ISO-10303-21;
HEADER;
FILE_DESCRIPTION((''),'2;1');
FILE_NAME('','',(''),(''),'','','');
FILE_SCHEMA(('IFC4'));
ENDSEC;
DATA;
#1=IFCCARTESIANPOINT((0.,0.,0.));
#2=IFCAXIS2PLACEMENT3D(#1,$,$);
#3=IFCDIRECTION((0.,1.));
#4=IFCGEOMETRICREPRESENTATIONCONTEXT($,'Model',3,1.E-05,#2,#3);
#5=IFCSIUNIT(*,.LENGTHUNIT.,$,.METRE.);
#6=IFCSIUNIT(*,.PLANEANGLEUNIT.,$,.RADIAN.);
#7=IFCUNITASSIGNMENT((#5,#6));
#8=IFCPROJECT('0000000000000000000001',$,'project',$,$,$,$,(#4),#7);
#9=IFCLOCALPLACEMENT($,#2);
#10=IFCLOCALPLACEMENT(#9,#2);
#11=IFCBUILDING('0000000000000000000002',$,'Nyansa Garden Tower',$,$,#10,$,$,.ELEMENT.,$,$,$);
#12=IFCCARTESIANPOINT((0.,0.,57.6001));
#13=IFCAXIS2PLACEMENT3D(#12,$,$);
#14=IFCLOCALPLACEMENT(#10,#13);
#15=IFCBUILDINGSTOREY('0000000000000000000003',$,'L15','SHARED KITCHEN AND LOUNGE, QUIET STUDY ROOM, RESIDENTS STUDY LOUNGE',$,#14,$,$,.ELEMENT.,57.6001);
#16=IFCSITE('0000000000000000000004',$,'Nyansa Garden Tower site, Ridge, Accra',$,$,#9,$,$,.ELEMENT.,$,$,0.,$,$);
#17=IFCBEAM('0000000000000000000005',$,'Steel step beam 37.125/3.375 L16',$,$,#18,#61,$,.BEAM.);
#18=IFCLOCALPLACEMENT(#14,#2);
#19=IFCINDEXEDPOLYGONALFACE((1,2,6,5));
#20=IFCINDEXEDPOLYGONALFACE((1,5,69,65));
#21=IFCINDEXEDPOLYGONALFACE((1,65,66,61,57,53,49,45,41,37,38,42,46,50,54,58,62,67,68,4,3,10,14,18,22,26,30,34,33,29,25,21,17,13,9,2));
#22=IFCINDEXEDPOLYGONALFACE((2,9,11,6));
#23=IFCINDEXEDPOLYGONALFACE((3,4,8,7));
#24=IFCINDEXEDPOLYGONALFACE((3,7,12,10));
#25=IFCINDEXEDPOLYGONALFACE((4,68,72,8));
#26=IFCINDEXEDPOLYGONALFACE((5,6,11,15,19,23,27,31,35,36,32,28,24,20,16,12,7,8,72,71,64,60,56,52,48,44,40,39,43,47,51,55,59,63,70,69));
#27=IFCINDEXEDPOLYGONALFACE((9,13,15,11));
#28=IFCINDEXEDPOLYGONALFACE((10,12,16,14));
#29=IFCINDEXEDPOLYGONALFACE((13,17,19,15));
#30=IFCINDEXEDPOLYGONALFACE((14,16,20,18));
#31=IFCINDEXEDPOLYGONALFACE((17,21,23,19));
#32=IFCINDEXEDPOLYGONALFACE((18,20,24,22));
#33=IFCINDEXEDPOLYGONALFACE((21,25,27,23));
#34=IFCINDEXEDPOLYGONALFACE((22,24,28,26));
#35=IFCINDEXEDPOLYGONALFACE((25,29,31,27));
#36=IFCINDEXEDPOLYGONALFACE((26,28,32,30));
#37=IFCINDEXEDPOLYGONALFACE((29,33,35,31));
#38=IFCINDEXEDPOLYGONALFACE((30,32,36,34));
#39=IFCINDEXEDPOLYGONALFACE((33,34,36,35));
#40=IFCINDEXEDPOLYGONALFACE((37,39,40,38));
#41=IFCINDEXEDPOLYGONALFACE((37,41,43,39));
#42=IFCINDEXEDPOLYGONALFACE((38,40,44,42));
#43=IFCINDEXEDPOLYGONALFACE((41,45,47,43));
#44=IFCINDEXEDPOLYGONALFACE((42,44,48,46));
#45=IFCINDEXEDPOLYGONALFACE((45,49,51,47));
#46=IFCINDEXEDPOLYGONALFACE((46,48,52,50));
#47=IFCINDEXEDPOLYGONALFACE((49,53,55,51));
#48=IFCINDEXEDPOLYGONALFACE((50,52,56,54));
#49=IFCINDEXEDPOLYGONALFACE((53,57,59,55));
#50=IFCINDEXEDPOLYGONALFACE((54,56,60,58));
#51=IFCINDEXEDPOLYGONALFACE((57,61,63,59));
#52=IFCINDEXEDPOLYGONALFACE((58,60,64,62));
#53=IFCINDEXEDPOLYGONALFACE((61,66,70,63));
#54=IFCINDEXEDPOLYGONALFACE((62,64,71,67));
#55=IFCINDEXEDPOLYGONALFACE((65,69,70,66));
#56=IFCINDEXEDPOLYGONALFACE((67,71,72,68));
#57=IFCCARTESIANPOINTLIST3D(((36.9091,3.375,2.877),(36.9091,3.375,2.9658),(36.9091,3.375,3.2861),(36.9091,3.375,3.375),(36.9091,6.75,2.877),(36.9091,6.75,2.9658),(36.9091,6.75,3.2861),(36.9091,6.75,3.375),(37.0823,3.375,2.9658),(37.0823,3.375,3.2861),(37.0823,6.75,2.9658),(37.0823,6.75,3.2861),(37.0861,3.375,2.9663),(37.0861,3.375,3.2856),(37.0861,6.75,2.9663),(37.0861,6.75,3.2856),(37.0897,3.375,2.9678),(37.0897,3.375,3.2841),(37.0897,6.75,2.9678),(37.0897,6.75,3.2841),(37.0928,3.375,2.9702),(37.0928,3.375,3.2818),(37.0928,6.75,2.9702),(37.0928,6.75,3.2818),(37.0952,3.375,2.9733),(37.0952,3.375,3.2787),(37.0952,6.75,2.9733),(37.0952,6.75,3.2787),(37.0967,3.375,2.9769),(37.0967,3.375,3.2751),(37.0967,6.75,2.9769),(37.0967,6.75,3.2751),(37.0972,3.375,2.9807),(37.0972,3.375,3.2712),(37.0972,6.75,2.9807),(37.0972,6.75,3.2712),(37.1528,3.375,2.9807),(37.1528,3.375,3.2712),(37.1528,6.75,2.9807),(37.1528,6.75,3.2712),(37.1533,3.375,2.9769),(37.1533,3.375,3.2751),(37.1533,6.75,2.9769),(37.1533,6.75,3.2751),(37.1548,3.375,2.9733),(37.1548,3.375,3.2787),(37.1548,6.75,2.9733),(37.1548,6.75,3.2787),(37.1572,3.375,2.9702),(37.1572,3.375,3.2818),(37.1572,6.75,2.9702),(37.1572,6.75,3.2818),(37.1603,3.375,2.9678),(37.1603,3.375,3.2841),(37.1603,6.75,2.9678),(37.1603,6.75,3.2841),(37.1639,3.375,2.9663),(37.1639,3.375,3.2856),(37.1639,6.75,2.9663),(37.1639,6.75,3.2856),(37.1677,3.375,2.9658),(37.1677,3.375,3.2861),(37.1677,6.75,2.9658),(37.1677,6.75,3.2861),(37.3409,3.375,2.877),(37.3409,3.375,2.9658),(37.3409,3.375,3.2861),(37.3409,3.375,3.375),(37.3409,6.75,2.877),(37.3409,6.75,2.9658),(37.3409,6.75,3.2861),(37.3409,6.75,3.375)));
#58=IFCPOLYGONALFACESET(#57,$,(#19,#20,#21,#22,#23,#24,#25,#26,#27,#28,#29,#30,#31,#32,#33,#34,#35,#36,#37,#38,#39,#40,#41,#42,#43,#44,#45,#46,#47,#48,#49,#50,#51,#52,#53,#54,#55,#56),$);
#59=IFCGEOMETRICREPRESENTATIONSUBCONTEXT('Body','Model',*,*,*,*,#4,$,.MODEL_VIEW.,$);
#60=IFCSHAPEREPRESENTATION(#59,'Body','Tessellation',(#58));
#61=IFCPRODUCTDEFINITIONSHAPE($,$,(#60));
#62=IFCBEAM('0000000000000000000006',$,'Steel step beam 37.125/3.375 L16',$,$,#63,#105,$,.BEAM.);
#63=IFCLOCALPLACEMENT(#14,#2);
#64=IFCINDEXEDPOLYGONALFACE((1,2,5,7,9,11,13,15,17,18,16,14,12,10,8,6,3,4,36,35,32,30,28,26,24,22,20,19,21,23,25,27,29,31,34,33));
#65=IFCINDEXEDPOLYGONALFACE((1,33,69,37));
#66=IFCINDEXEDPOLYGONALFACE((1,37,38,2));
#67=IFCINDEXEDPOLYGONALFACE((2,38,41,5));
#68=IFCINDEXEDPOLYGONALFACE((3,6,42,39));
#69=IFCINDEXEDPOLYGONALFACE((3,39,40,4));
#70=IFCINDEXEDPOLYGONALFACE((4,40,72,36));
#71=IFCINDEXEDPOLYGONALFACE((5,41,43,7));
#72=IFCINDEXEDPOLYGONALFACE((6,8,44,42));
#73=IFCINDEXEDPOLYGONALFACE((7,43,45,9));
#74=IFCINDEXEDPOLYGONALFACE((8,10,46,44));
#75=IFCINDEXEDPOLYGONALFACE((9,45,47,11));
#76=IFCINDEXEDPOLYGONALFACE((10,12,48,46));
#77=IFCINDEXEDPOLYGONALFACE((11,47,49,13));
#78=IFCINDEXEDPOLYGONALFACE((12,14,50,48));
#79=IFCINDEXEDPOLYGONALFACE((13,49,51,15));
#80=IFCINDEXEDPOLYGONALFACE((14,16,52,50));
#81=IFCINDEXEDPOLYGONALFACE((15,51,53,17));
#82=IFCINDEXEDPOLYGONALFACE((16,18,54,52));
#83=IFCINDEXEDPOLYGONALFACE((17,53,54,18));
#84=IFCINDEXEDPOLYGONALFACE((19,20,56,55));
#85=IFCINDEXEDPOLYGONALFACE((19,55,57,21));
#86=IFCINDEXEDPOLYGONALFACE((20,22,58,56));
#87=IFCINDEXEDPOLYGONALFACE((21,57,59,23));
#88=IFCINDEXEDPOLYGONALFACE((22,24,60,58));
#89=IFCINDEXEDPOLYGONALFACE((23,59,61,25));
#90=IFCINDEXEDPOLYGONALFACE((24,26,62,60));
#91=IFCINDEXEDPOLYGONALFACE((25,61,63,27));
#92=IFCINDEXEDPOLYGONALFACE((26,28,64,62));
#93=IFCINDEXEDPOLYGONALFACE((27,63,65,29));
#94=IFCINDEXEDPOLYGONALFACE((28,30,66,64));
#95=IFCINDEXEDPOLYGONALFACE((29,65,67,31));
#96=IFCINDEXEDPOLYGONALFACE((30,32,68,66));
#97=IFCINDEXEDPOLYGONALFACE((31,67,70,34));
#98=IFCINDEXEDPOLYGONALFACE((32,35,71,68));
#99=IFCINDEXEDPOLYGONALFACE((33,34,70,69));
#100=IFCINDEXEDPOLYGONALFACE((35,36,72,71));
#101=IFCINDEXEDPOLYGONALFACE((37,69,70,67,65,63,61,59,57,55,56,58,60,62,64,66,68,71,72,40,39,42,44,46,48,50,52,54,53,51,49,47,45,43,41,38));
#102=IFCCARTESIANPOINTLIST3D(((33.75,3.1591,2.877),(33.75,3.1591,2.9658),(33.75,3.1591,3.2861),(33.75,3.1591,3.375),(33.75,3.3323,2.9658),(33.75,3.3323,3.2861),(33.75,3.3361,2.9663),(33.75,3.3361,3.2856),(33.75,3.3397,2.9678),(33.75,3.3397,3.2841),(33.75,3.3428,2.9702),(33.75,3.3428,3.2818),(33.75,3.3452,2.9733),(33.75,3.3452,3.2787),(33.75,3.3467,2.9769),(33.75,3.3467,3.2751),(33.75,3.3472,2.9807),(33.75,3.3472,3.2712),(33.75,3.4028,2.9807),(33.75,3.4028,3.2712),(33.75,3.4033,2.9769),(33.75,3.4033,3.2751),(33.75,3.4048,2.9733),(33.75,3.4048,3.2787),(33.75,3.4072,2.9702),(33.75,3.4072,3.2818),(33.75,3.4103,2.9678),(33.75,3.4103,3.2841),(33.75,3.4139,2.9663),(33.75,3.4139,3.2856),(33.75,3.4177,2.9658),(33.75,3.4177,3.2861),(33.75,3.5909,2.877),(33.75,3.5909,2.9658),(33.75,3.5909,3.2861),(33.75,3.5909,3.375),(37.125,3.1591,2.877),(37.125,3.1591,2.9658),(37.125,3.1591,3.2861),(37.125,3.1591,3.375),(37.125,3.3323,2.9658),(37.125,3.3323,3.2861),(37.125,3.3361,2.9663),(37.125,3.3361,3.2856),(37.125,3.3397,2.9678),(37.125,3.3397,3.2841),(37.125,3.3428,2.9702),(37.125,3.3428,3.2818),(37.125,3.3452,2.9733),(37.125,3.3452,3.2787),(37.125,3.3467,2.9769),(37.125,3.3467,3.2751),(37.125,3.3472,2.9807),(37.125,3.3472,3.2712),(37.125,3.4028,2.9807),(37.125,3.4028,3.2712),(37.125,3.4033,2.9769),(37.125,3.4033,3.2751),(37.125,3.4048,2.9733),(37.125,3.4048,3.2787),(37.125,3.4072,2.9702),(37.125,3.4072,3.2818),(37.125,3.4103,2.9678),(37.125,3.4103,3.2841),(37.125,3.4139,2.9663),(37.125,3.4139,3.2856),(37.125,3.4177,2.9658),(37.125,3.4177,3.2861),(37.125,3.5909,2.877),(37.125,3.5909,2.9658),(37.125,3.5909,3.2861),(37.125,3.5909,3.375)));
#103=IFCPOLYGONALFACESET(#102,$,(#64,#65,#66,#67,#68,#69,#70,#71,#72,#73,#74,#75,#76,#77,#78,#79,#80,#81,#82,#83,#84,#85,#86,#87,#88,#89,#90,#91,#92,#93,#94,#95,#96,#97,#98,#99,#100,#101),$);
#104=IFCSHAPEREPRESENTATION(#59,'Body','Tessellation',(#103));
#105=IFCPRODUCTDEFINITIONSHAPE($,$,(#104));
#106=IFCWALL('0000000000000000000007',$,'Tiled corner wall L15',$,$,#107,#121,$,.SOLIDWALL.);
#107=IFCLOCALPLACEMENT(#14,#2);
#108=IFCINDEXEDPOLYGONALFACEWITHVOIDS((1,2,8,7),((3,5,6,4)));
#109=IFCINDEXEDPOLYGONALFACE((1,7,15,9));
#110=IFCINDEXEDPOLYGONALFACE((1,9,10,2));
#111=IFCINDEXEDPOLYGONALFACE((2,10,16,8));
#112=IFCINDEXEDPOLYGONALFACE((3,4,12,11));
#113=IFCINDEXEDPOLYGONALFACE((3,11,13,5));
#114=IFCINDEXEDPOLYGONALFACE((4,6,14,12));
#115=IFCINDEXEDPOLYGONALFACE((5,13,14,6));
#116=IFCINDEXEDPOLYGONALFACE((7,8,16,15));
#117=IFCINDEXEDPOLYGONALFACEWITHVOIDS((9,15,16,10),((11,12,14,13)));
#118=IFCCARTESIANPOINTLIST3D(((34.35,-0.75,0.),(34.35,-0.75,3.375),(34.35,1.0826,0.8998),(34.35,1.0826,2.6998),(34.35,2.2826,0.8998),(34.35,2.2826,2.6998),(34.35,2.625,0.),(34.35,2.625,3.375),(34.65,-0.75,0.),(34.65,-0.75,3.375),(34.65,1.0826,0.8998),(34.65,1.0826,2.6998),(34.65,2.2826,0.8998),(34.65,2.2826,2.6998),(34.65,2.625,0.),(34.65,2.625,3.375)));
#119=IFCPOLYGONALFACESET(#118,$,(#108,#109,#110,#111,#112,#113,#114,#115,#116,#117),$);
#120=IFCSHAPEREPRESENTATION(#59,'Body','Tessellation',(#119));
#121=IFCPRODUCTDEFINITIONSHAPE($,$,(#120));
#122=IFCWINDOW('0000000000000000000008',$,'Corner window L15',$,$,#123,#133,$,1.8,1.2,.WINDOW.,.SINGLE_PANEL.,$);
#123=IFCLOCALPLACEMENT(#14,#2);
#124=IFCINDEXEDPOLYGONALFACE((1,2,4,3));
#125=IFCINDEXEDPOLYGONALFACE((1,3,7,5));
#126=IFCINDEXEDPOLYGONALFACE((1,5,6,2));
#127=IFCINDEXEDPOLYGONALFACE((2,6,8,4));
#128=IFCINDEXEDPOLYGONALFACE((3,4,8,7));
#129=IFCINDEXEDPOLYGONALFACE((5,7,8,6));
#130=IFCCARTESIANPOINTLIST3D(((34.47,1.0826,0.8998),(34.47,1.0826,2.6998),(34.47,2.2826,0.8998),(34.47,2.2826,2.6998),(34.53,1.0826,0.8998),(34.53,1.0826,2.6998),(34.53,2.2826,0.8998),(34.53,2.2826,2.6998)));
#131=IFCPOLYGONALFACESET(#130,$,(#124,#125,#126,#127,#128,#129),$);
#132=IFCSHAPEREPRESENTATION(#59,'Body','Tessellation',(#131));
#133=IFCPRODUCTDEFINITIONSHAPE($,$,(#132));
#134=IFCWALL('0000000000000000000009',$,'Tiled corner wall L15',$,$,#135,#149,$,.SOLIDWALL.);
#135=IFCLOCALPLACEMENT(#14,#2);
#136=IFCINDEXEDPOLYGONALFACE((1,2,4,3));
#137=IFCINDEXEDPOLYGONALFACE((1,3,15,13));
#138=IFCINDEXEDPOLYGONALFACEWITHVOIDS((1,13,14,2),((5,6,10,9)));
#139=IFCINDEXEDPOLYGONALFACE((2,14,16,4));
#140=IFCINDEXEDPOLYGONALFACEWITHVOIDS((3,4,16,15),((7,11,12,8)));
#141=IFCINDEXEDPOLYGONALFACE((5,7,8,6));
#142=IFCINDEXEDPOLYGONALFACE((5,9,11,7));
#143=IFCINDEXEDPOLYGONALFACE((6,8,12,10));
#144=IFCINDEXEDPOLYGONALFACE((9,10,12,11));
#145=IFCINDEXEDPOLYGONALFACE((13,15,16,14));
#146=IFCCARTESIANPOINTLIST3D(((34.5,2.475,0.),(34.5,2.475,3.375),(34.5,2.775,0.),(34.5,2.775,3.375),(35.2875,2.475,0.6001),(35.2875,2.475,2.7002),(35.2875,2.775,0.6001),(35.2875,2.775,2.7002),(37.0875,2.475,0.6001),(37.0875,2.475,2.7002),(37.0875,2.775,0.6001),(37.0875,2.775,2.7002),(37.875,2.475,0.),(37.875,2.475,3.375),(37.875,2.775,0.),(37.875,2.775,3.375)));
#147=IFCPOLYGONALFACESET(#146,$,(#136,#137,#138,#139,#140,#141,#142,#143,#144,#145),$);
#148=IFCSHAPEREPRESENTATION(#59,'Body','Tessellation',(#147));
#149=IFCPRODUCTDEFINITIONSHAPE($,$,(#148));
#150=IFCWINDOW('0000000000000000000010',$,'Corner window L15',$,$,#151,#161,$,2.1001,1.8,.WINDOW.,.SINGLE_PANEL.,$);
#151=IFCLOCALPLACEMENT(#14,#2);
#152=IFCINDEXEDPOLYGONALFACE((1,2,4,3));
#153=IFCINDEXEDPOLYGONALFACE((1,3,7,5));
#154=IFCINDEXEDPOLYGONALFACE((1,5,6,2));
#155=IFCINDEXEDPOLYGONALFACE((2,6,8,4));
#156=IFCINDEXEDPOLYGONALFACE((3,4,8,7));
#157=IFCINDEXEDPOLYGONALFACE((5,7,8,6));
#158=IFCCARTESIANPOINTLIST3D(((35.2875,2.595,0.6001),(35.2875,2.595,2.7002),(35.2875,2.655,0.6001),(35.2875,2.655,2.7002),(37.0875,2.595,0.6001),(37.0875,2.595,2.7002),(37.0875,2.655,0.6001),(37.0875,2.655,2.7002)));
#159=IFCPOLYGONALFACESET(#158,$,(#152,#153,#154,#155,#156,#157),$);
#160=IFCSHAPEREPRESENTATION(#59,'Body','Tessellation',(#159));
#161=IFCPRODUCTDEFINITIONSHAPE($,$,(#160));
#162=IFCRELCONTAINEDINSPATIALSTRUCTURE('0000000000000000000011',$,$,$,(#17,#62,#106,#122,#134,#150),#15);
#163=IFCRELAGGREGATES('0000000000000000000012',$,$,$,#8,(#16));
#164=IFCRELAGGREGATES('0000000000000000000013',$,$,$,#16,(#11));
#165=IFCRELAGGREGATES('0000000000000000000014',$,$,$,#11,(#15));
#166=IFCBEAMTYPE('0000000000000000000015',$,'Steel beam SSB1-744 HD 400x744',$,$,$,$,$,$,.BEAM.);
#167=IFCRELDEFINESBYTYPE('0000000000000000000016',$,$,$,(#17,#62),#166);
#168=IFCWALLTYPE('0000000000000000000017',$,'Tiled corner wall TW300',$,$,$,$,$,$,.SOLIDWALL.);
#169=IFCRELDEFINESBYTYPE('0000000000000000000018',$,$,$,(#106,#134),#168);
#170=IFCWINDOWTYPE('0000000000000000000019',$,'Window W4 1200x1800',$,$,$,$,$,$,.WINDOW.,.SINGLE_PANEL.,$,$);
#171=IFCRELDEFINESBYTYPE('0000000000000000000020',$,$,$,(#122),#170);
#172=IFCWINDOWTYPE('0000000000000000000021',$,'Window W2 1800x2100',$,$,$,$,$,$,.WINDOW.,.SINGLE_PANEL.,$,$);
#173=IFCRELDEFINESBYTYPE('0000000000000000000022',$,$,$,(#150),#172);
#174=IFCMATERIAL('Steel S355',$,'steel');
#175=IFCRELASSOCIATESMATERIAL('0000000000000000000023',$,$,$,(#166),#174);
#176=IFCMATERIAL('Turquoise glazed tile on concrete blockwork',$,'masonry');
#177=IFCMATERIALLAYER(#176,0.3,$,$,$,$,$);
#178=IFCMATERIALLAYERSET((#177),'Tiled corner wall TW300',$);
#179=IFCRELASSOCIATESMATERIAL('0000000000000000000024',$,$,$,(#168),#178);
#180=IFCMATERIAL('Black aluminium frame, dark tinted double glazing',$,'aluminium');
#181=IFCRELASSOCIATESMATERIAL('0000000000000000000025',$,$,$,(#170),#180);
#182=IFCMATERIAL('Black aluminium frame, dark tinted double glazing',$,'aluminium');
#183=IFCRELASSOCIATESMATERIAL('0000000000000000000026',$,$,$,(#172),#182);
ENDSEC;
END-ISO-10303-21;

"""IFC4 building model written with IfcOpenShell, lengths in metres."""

from ifc_helpers import new_model, si_unit, direction, frame, frame_2d, origin, origin_2d, place, context, subcontext, project, spatial, rectangle, i_section, extrude, material, layer, layer_set, material_profile, profile_set, type_object, element, fill, save


model = new_model("IFC4")

# Units and contexts
model_context = context("Model", 3, precision=1e-05, world=origin(), true_north=direction((0.0, 1.0)))
body_context = subcontext(model_context, "Body", "Model", "MODEL_VIEW")
ifc_project = project(units=[si_unit("LENGTHUNIT", "METRE"), si_unit("PLANEANGLEUNIT", "RADIAN")], contexts=[model_context])

# Site, building, storey
site_placement = place(None, origin())
site = spatial("IfcSite", under=ifc_project, at=site_placement, Name="Nyansa Garden Tower site, Ridge, Accra", CompositionType="ELEMENT", RefElevation=0.0)
building_placement = place(site_placement, origin())
building = spatial("IfcBuilding", under=site, at=building_placement, Name="Nyansa Garden Tower", CompositionType="ELEMENT")
storey_placement = place(building_placement, frame((0.0, 0.0, 57.6001)))
storey = spatial("IfcBuildingStorey", under=building, at=storey_placement, Name="L15", Description="SHARED KITCHEN AND LOUNGE, QUIET STUDY ROOM, RESIDENTS STUDY LOUNGE", CompositionType="ELEMENT", Elevation=57.6001)

# Beams
ifc_material_1 = material(Name="Steel S355", Category="steel")
ifc_material_profile_1 = material_profile(ifc_material_1, i_section(OverallWidth=0.4319, OverallDepth=0.498, WebThickness=0.0557, FlangeThickness=0.0889, FilletRadius=0.0149, at=origin_2d()), Name="HD 400x744")
ifc_profile_set_1 = profile_set([ifc_material_profile_1], Name="Steel S355")
beam_type_1 = type_object("IfcBeamType", Name="Steel beam SSB1-744 HD 400x744", PredefinedType="BEAM", material=ifc_profile_set_1)
for number, where, z_axis, x_axis, name in (
    (1, (37.125, 3.375, 3.126), (0.0, 1.0, 0.0), (-1.0, 0.0, 0.0), "Steel step beam 37.125/3.375 L16"),
    (2, (37.125, 3.375, 3.126), (-1.0, 0.0, 0.0), (0.0, -1.0, 0.0), "Steel step beam 37.125/3.375 L16"),
):
    element("IfcBeam", number, at=place(storey_placement, frame(where, z_axis=z_axis, x_axis=x_axis)), inside=storey, type_object=beam_type_1, Name=name, PredefinedType="BEAM", context=body_context, shape_type="SweptSolid", body=[
        extrude(i_section(OverallWidth=0.4319, OverallDepth=0.498, WebThickness=0.0557, FlangeThickness=0.0889, FilletRadius=0.0149, at=origin_2d()), origin(), (0.0, 0.0, 1.0), 3.375),
    ])

# Walls, openings, windows
ifc_material_2 = material(Name="Turquoise glazed tile on concrete blockwork", Category="masonry")
ifc_layer = layer(ifc_material_2, 0.3)
ifc_layer_set = layer_set([ifc_layer], Name="Tiled corner wall TW300")
wall_type = type_object("IfcWallType", Name="Tiled corner wall TW300", PredefinedType="SOLIDWALL", material=ifc_layer_set)
wall_1_placement = place(storey_placement, frame((34.5, -0.75, 0.0), z_axis=(0.0, 0.0, 1.0), x_axis=(0.0, 1.0, 0.0)))
wall_1 = element("IfcWall", 3, at=wall_1_placement, inside=storey, type_object=wall_type, Name="Tiled corner wall L15", PredefinedType="SOLIDWALL", context=body_context, shape_type="SweptSolid", body=[
    extrude(rectangle(XDim=3.375, YDim=0.3, at=frame_2d((1.6875, 0.0))), origin(), (0.0, 0.0, 1.0), 3.375),
])
opening_1_placement = place(wall_1_placement, frame((1.8325, 0.0, 0.8999)))
opening_1 = element("IfcOpeningElement", 4, at=opening_1_placement, cuts=wall_1, PredefinedType="OPENING", context=body_context, shape_type="SweptSolid", body=[
    extrude(rectangle(XDim=1.2, YDim=1.8, at=frame_2d((0.6001, 0.8999))), frame((0.0, 0.1599, 0.0), z_axis=(0.0, -1.0, 0.0), x_axis=(1.0, 0.0, 0.0)), (0.0, 0.0, 1.0), 0.3201),
])
ifc_material_3 = material(Name="Black aluminium frame, dark tinted double glazing", Category="aluminium")
window_type_1 = type_object("IfcWindowType", Name="Window W4 1200x1800", PartitioningType="SINGLE_PANEL", PredefinedType="WINDOW", material=ifc_material_3)
window_1_placement = place(opening_1_placement, origin())
window_1 = element("IfcWindow", 5, at=window_1_placement, inside=storey, type_object=window_type_1, Name="Corner window L15", OverallHeight=1.8, OverallWidth=1.2, PartitioningType="SINGLE_PANEL", PredefinedType="WINDOW", context=body_context, shape_type="SweptSolid", body=[
    extrude(rectangle(XDim=1.2, YDim=1.8, at=frame_2d((0.6001, 0.8999))), frame((0.0, 0.03, 0.0), z_axis=(0.0, -1.0, 0.0), x_axis=(1.0, 0.0, 0.0)), (0.0, 0.0, 1.0), 0.0601),
])
fill(opening_1, window_1)
wall_2_placement = place(storey_placement, frame((34.5, 2.625, 0.0), z_axis=(0.0, 0.0, 1.0), x_axis=(1.0, 0.0, 0.0)))
wall_2 = element("IfcWall", 6, at=wall_2_placement, inside=storey, type_object=wall_type, Name="Tiled corner wall L15", PredefinedType="SOLIDWALL", context=body_context, shape_type="SweptSolid", body=[
    extrude(rectangle(XDim=3.375, YDim=0.3, at=frame_2d((1.6875, 0.0))), origin(), (0.0, 0.0, 1.0), 3.375),
])
opening_2_placement = place(wall_2_placement, frame((0.7876, 0.0, 0.6001)))
opening_2 = element("IfcOpeningElement", 7, at=opening_2_placement, cuts=wall_2, PredefinedType="OPENING", context=body_context, shape_type="SweptSolid", body=[
    extrude(rectangle(XDim=1.8, YDim=2.1001, at=frame_2d((0.8999, 1.05))), frame((0.0, 0.1599, 0.0), z_axis=(0.0, -1.0, 0.0), x_axis=(1.0, 0.0, 0.0)), (0.0, 0.0, 1.0), 0.3201),
])
ifc_material_4 = material(Name="Black aluminium frame, dark tinted double glazing", Category="aluminium")
window_type_2 = type_object("IfcWindowType", Name="Window W2 1800x2100", PartitioningType="SINGLE_PANEL", PredefinedType="WINDOW", material=ifc_material_4)
window_2_placement = place(opening_2_placement, origin())
window_2 = element("IfcWindow", 8, at=window_2_placement, inside=storey, type_object=window_type_2, Name="Corner window L15", OverallHeight=2.1001, OverallWidth=1.8, PartitioningType="SINGLE_PANEL", PredefinedType="WINDOW", context=body_context, shape_type="SweptSolid", body=[
    extrude(rectangle(XDim=1.8, YDim=2.1001, at=frame_2d((0.8999, 1.05))), frame((0.0, 0.03, 0.0), z_axis=(0.0, -1.0, 0.0), x_axis=(1.0, 0.0, 0.0)), (0.0, 0.0, 1.0), 0.0601),
])
fill(opening_2, window_2)

save(model, "model.ifc")
